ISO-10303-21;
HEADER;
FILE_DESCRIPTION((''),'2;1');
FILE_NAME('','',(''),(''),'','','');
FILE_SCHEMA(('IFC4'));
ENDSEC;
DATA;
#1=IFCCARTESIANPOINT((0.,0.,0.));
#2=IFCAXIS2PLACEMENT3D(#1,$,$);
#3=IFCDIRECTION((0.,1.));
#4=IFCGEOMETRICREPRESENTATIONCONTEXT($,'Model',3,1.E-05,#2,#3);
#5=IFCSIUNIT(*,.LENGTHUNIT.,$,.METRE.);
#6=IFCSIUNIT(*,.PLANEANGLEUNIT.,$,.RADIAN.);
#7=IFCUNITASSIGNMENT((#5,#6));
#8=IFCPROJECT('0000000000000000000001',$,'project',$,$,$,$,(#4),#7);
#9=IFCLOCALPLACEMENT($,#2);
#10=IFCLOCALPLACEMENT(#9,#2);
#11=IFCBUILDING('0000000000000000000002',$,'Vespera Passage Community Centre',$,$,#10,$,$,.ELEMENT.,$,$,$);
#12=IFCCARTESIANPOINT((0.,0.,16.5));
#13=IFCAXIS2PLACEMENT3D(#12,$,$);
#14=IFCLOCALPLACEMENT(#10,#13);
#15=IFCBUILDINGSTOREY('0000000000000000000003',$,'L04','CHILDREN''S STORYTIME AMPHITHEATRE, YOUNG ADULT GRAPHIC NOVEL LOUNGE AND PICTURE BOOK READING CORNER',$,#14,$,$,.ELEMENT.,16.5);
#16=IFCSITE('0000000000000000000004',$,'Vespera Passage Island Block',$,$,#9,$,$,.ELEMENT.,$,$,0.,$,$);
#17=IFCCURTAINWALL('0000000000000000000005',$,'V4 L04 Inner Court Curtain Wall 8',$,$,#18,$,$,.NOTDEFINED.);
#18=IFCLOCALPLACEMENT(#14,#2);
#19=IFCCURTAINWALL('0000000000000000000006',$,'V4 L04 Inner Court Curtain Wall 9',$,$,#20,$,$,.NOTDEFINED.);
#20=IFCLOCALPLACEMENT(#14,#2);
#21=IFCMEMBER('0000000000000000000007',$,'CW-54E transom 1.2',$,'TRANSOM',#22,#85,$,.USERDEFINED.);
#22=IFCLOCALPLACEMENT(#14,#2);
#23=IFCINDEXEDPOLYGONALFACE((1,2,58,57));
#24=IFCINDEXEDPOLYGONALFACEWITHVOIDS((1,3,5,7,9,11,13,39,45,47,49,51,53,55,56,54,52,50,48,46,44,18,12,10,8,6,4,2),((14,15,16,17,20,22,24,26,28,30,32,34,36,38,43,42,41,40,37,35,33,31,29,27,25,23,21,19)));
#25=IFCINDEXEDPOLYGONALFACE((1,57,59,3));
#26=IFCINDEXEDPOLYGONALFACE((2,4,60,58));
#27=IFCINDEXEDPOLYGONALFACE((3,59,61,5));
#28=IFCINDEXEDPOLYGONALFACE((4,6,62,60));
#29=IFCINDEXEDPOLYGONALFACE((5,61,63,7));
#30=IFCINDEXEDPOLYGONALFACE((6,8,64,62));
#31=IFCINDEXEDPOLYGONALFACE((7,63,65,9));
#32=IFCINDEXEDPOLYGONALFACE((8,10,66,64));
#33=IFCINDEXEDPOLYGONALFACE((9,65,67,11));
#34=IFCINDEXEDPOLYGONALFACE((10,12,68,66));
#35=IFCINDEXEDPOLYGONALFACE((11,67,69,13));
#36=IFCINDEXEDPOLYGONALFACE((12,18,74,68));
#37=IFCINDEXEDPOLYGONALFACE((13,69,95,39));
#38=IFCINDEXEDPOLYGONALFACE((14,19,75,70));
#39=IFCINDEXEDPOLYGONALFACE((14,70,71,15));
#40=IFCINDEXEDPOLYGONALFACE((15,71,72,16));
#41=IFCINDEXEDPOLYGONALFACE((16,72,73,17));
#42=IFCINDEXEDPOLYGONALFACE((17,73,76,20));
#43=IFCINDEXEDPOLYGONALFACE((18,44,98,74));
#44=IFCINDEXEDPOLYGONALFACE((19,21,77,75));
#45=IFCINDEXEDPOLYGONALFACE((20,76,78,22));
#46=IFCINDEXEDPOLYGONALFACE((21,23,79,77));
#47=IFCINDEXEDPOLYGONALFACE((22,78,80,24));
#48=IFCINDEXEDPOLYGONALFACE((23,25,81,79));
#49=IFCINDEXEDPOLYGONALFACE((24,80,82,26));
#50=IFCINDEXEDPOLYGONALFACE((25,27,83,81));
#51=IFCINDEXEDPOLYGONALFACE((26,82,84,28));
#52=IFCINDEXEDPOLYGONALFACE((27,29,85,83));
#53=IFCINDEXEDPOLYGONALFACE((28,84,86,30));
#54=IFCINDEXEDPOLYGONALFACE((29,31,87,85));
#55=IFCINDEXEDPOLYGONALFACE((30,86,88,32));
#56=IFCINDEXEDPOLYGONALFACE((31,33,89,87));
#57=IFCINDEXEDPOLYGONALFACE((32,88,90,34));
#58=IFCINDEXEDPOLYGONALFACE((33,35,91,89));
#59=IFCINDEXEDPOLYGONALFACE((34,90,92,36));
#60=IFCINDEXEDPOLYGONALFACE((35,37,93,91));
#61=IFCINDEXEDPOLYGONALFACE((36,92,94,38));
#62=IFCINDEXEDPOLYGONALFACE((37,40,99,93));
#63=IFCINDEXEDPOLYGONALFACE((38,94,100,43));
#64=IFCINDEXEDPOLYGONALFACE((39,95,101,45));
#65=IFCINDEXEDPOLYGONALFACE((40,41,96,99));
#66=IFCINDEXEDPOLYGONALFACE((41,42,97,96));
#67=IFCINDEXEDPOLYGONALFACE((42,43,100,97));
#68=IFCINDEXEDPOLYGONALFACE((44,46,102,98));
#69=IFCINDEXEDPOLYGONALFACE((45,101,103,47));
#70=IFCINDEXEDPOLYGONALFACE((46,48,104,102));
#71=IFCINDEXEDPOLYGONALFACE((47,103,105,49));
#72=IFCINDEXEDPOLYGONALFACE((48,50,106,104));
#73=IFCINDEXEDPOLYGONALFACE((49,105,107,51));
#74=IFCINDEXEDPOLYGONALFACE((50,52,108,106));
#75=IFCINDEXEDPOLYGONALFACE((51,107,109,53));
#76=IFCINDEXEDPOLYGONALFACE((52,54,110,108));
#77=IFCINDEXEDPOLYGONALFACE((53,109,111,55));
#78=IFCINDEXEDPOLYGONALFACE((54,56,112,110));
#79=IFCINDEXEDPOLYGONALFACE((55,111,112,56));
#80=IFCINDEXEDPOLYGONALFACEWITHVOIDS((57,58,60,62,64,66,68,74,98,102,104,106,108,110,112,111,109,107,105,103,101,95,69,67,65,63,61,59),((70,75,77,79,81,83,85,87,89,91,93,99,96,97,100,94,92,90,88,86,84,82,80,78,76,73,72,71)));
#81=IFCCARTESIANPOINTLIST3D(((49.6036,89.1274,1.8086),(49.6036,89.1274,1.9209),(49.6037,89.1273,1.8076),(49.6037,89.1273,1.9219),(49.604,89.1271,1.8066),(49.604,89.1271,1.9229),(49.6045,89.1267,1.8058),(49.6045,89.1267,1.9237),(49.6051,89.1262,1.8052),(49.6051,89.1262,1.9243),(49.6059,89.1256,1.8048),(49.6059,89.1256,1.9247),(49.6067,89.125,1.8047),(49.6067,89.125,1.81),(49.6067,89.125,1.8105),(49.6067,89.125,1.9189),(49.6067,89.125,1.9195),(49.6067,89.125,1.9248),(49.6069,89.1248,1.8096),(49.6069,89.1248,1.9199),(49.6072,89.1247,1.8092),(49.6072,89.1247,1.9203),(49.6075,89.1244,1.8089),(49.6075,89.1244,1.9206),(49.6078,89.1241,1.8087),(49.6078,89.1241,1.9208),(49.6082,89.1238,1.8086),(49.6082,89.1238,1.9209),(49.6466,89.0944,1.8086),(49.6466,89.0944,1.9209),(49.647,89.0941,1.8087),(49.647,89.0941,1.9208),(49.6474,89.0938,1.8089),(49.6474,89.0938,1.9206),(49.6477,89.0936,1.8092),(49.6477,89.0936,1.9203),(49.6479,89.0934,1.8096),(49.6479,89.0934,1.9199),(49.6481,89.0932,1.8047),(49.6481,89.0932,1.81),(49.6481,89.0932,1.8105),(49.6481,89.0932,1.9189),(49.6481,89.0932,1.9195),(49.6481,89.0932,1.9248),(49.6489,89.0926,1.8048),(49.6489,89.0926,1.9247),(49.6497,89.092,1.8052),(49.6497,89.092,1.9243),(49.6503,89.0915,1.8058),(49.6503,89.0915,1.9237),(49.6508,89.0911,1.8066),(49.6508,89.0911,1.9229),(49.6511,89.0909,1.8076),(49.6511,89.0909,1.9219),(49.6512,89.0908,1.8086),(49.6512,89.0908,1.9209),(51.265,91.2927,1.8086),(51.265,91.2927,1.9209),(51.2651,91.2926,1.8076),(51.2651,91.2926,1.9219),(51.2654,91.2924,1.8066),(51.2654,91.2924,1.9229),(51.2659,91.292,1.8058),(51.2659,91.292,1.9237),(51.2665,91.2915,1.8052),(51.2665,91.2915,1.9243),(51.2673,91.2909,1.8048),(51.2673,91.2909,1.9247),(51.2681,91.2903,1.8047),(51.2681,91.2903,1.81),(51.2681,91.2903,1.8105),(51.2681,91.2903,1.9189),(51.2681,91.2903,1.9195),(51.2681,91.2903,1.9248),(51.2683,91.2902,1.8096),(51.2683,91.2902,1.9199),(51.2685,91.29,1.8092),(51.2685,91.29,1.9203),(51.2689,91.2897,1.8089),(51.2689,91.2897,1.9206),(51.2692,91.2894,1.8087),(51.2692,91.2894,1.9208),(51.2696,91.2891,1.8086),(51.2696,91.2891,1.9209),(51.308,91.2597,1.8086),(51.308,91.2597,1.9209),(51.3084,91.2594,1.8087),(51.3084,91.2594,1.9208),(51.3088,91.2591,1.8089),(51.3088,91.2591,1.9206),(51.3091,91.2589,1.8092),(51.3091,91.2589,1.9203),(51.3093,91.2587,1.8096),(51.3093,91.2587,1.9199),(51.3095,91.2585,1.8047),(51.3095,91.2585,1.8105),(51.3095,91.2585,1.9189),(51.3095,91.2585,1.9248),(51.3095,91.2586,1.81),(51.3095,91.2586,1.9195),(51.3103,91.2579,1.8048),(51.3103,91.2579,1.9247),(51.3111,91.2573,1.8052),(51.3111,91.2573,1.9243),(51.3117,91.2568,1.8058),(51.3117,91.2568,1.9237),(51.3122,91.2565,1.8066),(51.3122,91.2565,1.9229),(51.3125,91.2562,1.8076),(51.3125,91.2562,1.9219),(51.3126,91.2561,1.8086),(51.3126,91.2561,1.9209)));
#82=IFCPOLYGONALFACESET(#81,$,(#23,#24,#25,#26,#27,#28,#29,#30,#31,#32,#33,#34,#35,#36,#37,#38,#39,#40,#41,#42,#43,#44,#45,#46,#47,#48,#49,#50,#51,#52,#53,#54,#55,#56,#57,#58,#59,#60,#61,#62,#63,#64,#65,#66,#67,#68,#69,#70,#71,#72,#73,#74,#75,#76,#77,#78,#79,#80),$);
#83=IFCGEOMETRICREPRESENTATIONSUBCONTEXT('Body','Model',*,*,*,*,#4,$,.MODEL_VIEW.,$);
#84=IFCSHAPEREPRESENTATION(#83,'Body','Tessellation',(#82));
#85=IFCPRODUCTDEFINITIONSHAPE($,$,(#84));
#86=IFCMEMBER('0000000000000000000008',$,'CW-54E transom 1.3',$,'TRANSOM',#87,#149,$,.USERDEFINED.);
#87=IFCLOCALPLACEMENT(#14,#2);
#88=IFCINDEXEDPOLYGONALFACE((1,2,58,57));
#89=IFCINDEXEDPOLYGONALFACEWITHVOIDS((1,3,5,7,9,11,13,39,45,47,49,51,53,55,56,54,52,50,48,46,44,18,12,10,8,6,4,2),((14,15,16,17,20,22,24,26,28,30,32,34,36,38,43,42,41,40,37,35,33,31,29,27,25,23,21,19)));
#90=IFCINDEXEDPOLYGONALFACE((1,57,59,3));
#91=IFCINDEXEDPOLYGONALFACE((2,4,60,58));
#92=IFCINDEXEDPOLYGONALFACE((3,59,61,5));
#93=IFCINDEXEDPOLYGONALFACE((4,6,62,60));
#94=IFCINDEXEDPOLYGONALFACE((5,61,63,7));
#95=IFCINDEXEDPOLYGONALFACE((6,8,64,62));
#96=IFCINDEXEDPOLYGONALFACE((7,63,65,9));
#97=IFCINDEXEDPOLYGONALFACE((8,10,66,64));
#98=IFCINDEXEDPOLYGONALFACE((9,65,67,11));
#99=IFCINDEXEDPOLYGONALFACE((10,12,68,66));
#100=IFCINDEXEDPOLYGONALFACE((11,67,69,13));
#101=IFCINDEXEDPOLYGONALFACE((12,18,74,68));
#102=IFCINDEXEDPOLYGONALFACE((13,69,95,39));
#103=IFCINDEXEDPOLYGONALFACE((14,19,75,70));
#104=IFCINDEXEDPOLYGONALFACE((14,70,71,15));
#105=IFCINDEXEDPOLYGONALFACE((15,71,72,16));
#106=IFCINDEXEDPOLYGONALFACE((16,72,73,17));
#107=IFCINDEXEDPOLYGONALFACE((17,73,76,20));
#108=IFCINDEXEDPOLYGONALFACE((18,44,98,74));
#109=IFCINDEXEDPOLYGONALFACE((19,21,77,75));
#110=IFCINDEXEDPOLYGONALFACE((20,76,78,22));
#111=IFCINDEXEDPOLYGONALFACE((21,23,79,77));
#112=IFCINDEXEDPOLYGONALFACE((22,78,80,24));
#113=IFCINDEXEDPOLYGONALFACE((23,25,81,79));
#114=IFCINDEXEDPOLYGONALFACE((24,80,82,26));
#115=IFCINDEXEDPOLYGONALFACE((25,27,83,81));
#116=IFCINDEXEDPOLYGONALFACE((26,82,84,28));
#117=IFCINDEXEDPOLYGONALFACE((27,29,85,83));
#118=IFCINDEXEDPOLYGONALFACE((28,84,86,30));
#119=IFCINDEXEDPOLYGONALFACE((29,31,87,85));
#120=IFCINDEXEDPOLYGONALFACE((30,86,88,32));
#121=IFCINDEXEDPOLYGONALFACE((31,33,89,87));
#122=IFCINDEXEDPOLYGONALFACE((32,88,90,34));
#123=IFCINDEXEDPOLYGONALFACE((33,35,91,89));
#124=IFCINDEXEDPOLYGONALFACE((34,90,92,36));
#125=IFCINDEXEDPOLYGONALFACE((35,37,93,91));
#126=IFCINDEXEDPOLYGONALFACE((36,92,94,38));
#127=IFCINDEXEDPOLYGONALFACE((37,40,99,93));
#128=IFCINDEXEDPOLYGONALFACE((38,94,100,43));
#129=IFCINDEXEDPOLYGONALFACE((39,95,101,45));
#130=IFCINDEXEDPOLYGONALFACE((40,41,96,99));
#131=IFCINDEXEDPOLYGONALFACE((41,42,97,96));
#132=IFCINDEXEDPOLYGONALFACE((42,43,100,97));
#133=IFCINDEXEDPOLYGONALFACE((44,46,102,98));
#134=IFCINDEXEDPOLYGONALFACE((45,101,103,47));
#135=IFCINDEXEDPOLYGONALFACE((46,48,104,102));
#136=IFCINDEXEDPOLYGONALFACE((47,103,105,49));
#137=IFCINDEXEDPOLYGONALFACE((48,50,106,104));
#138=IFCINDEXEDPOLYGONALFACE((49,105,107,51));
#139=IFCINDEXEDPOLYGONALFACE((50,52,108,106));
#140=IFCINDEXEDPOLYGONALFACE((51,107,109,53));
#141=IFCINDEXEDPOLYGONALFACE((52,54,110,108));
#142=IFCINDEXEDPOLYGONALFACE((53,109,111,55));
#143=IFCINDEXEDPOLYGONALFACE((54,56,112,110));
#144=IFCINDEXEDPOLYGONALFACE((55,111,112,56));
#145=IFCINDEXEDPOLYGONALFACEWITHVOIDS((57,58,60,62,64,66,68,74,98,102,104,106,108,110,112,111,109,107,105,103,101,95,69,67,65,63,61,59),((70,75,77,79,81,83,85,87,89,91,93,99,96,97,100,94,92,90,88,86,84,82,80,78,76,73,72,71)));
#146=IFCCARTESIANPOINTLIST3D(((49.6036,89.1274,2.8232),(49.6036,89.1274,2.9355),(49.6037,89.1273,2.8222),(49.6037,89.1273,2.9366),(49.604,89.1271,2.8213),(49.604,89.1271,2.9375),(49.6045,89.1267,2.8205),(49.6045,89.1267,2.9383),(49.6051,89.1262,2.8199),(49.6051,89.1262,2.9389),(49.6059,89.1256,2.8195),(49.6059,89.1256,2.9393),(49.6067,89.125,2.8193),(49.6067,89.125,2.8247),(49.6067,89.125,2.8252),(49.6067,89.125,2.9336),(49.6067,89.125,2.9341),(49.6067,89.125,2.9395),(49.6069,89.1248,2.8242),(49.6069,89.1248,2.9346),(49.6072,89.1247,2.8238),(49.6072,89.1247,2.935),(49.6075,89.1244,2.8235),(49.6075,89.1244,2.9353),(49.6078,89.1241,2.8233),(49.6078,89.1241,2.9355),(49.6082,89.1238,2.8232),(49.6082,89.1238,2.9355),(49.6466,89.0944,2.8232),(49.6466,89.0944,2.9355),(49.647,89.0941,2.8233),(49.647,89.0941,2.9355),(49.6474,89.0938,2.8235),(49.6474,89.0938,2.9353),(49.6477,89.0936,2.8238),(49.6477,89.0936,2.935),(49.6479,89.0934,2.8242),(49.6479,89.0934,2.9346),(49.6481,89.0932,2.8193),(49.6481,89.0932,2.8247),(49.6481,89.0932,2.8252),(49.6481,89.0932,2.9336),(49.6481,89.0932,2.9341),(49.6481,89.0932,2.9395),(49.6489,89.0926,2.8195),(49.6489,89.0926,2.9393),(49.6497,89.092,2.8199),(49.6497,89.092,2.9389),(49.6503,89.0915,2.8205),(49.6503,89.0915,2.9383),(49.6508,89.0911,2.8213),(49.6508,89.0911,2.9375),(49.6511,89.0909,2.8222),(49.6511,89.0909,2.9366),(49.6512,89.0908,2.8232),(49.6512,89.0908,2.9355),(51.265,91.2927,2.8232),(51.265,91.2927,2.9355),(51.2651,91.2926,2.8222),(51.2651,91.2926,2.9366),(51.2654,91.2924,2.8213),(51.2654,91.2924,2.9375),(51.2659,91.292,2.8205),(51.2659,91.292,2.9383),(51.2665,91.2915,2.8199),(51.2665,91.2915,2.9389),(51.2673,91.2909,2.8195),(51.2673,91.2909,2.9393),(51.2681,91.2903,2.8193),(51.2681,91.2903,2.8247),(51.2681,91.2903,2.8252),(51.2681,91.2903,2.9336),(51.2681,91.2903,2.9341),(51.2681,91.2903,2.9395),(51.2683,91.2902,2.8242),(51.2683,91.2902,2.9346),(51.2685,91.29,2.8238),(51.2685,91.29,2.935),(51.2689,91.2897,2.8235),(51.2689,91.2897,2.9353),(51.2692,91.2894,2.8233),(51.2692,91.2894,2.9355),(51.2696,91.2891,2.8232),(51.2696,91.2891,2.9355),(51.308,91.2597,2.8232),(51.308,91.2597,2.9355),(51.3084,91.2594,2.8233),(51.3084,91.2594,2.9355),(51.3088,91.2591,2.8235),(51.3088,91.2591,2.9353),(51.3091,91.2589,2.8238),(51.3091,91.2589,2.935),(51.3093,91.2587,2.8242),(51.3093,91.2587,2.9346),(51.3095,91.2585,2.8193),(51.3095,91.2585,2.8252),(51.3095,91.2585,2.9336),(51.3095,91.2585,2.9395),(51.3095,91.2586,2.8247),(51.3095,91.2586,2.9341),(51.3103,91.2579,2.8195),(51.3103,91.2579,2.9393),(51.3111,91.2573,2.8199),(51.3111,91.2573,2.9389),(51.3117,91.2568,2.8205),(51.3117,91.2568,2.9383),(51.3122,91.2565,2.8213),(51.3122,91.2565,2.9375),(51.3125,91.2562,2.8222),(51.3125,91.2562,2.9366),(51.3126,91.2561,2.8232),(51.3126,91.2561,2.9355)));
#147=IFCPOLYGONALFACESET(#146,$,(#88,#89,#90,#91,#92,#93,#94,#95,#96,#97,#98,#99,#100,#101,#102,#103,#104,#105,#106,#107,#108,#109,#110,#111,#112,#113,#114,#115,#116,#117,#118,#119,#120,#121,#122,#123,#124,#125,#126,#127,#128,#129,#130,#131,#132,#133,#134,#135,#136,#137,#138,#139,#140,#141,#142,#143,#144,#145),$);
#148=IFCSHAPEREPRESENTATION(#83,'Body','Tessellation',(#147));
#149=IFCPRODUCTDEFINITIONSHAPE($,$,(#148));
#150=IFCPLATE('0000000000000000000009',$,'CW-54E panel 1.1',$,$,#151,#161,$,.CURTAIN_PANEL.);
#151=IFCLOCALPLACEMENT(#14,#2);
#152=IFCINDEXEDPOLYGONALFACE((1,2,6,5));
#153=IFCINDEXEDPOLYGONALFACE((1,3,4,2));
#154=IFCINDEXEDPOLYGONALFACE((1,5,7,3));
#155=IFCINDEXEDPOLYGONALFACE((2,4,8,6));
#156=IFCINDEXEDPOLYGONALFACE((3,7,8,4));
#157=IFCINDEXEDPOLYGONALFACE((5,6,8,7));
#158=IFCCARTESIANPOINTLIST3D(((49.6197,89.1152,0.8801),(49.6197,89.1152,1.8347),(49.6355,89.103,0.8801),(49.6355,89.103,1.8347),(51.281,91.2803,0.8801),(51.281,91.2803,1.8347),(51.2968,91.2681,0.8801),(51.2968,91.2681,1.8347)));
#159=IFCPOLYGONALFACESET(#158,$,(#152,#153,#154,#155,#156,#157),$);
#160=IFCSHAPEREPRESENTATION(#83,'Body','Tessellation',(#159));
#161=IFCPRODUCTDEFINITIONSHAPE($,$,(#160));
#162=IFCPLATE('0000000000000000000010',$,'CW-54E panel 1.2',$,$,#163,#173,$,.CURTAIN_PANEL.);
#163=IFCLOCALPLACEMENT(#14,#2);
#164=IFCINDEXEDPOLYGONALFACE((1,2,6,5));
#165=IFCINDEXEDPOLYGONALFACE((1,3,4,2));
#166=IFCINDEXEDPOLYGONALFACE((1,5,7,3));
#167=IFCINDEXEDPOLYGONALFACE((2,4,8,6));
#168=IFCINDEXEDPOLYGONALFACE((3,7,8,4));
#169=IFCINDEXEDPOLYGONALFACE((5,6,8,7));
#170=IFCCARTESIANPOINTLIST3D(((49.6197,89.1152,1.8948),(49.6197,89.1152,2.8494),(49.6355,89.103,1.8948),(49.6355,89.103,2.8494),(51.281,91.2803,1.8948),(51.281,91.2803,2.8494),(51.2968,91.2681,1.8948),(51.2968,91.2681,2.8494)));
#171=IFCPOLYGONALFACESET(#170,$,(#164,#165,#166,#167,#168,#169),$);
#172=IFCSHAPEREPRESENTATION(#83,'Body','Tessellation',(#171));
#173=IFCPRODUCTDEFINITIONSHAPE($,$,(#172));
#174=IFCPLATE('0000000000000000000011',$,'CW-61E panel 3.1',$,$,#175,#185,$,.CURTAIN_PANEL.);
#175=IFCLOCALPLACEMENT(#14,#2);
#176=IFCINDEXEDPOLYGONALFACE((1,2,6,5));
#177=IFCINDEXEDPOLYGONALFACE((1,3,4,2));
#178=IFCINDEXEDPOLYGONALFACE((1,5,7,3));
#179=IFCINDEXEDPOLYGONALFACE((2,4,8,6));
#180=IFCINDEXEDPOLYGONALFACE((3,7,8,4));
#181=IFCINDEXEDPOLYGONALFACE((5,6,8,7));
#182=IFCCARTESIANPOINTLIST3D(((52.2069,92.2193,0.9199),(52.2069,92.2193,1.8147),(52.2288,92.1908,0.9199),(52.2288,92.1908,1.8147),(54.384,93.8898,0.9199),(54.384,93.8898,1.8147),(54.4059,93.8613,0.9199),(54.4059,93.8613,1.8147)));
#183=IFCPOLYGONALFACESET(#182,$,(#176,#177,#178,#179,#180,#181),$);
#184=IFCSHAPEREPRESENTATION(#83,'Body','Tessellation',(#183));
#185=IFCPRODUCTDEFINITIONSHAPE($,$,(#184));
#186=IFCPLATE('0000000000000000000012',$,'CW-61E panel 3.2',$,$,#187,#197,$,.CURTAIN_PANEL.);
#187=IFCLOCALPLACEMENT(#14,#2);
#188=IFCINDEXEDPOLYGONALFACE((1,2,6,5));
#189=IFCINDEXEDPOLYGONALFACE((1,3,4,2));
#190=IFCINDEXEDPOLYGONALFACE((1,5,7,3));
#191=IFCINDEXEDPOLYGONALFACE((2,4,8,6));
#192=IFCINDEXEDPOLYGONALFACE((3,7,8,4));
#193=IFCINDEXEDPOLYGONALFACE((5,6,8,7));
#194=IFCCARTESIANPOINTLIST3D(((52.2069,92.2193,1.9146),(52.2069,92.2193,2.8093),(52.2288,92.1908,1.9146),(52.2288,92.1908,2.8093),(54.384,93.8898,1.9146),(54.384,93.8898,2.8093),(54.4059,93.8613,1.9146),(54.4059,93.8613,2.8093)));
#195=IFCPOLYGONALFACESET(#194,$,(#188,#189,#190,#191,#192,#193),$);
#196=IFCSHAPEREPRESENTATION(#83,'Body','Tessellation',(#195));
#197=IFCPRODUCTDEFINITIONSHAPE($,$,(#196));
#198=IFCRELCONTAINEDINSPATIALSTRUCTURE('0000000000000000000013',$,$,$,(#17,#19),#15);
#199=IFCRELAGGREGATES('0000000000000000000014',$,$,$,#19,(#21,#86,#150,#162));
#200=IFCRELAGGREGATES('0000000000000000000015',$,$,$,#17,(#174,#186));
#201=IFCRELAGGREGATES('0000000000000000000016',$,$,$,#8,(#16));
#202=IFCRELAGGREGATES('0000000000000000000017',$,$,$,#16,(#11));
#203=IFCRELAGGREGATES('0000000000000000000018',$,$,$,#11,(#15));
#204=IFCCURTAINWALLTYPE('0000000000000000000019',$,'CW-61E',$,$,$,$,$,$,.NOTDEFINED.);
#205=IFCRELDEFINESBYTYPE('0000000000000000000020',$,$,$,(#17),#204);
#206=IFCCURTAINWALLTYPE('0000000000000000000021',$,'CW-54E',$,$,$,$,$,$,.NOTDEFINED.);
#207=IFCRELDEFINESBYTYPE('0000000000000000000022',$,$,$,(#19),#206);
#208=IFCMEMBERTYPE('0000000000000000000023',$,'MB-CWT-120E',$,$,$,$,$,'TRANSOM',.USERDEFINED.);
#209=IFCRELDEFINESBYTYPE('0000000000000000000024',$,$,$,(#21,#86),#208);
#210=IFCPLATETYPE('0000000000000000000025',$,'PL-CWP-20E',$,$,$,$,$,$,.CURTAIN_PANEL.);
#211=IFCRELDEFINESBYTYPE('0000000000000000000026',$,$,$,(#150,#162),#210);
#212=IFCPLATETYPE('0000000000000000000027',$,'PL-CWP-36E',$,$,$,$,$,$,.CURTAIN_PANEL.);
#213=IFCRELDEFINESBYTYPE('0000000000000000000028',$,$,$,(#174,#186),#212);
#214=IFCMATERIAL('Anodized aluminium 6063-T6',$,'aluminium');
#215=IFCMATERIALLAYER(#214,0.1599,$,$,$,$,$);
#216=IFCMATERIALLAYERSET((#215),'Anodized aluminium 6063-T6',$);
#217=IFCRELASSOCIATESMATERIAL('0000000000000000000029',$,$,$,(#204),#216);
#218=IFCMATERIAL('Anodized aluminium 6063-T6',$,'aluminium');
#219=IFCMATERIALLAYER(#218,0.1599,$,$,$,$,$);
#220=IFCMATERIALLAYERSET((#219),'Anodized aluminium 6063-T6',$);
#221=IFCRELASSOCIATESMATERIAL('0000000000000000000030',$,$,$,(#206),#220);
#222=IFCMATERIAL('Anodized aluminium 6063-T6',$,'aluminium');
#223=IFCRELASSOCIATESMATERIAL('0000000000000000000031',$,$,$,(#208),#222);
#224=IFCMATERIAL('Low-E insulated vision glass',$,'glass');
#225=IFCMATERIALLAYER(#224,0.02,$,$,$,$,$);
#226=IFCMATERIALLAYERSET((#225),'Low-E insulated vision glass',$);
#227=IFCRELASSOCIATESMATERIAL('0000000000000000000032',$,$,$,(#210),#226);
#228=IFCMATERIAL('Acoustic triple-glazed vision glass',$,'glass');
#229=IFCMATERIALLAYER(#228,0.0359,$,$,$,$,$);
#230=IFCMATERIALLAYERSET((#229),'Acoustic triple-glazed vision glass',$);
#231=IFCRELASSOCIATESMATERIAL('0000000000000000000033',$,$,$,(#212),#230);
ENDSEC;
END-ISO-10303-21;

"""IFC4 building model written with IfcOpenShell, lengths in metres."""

from ifc_helpers import new_model, si_unit, direction, frame, origin, origin_2d, place, context, subcontext, project, spatial, rectangle, hollow_rectangle, extrude, material, layer, layer_set, material_profile, profile_set, type_object, element, aggregate, save


model = new_model("IFC4")

# Units and contexts
model_context = context("Model", 3, precision=1e-05, world=origin(), true_north=direction((0.0, 1.0)))
body_context = subcontext(model_context, "Body", "Model", "MODEL_VIEW")
ifc_project = project(units=[si_unit("LENGTHUNIT", "METRE"), si_unit("PLANEANGLEUNIT", "RADIAN")], contexts=[model_context])

# Site, building, storey
site_placement = place(None, origin())
site = spatial("IfcSite", under=ifc_project, at=site_placement, Name="Vespera Passage Island Block", CompositionType="ELEMENT", RefElevation=0.0)
building_placement = place(site_placement, origin())
building = spatial("IfcBuilding", under=site, at=building_placement, Name="Vespera Passage Community Centre", CompositionType="ELEMENT")
storey_placement = place(building_placement, frame((0.0, 0.0, 16.5)))
storey = spatial("IfcBuildingStorey", under=building, at=storey_placement, Name="L04", Description="CHILDREN'S STORYTIME AMPHITHEATRE, YOUNG ADULT GRAPHIC NOVEL LOUNGE AND PICTURE BOOK READING CORNER", CompositionType="ELEMENT", Elevation=16.5)

# Curtain wall
ifc_material_1 = material(Name="Anodized aluminium 6063-T6", Category="aluminium")
ifc_layer_1 = layer(ifc_material_1, 0.1599)
ifc_layer_set_1 = layer_set([ifc_layer_1], Name="Anodized aluminium 6063-T6")
curtain_wall_type_1 = type_object("IfcCurtainWallType", Name="CW-61E", PredefinedType="NOTDEFINED", material=ifc_layer_set_1)
curtain_wall_1_placement = place(storey_placement, origin())
curtain_wall_1 = element("IfcCurtainWall", 1, at=curtain_wall_1_placement, inside=storey, type_object=curtain_wall_type_1, Name="V4 L04 Inner Court Curtain Wall 8", PredefinedType="NOTDEFINED")

# Curtain wall
ifc_material_2 = material(Name="Anodized aluminium 6063-T6", Category="aluminium")
ifc_layer_2 = layer(ifc_material_2, 0.1599)
ifc_layer_set_2 = layer_set([ifc_layer_2], Name="Anodized aluminium 6063-T6")
curtain_wall_type_2 = type_object("IfcCurtainWallType", Name="CW-54E", PredefinedType="NOTDEFINED", material=ifc_layer_set_2)
curtain_wall_2_placement = place(storey_placement, origin())
curtain_wall_2 = element("IfcCurtainWall", 2, at=curtain_wall_2_placement, inside=storey, type_object=curtain_wall_type_2, Name="V4 L04 Inner Court Curtain Wall 9", PredefinedType="NOTDEFINED")

# Members
ifc_material_3 = material(Name="Anodized aluminium 6063-T6", Category="aluminium")
ifc_material_profile_1 = material_profile(ifc_material_3, hollow_rectangle(XDim=0.0601, YDim=0.1201, WallThickness=0.0039, InnerFilletRadius=0.002, OuterFilletRadius=0.0039, at=origin_2d()), Name="ALU120X60X4")
ifc_profile_set_1 = profile_set([ifc_material_profile_1], Name="Anodized aluminium 6063-T6")
member_type_1 = type_object("IfcMemberType", Name="MB-CWT-120E", ElementType="TRANSOM", PredefinedType="USERDEFINED", material=ifc_profile_set_1)
member_1_placement = place(storey_placement, frame((51.2888, 91.2744, 1.8647), z_axis=(-0.608738, -0.793372, 0.0), x_axis=(0.793372, -0.608738, 0.0)))
member_1 = element("IfcMember", 3, at=member_1_placement, type_object=member_type_1, Name="CW-54E transom 1.2", ObjectType="TRANSOM", PredefinedType="USERDEFINED", context=body_context, shape_type="SweptSolid", body=[
    extrude(hollow_rectangle(XDim=0.0601, YDim=0.1201, WallThickness=0.0039, InnerFilletRadius=0.002, OuterFilletRadius=0.0039, at=origin_2d()), origin(), (0.0, 0.0, 1.0), 2.7292),
])
member_2_placement = place(storey_placement, frame((51.2888, 91.2744, 2.8794), z_axis=(-0.608738, -0.793372, 0.0), x_axis=(0.793372, -0.608738, 0.0)))
member_2 = element("IfcMember", 4, at=member_2_placement, type_object=member_type_1, Name="CW-54E transom 1.3", ObjectType="TRANSOM", PredefinedType="USERDEFINED", context=body_context, shape_type="SweptSolid", body=[
    extrude(hollow_rectangle(XDim=0.0601, YDim=0.1201, WallThickness=0.0039, InnerFilletRadius=0.002, OuterFilletRadius=0.0039, at=origin_2d()), origin(), (0.0, 0.0, 1.0), 2.7292),
])

# Plates
ifc_material_4 = material(Name="Low-E insulated vision glass", Category="glass")
ifc_layer_3 = layer(ifc_material_4, 0.02)
ifc_layer_set_3 = layer_set([ifc_layer_3], Name="Low-E insulated vision glass")
plate_type_1 = type_object("IfcPlateType", Name="PL-CWP-20E", PredefinedType="CURTAIN_PANEL", material=ifc_layer_set_3)
plate_1_placement = place(storey_placement, frame((50.4583, 90.1917, 0.8801), z_axis=(0.0, 0.0, 1.0), x_axis=(-0.608755, -0.793358, 0.0)))
plate_1 = element("IfcPlate", 5, at=plate_1_placement, type_object=plate_type_1, Name="CW-54E panel 1.1", PredefinedType="CURTAIN_PANEL", context=body_context, shape_type="SweptSolid", body=[
    extrude(rectangle(XDim=2.729, YDim=0.02, at=origin_2d()), origin(), (0.0, 0.0, 1.0), 0.9546),
])
plate_2_placement = place(storey_placement, frame((50.4583, 90.1917, 1.8948), z_axis=(0.0, 0.0, 1.0), x_axis=(-0.608755, -0.793358, 0.0)))
plate_2 = element("IfcPlate", 6, at=plate_2_placement, type_object=plate_type_1, Name="CW-54E panel 1.2", PredefinedType="CURTAIN_PANEL", context=body_context, shape_type="SweptSolid", body=[
    extrude(rectangle(XDim=2.729, YDim=0.02, at=origin_2d()), origin(), (0.0, 0.0, 1.0), 0.9546),
])
aggregate(curtain_wall_2, [member_1, member_2, plate_1, plate_2])
ifc_material_5 = material(Name="Acoustic triple-glazed vision glass", Category="glass")
ifc_layer_4 = layer(ifc_material_5, 0.0359)
ifc_layer_set_4 = layer_set([ifc_layer_4], Name="Acoustic triple-glazed vision glass")
plate_type_2 = type_object("IfcPlateType", Name="PL-CWP-36E", PredefinedType="CURTAIN_PANEL", material=ifc_layer_set_4)
plate_3_placement = place(storey_placement, frame((53.3064, 93.0403, 0.9199), z_axis=(0.0, 0.0, 1.0), x_axis=(-0.793358, -0.608755, 0.0)))
plate_3 = element("IfcPlate", 7, at=plate_3_placement, type_object=plate_type_2, Name="CW-61E panel 3.1", PredefinedType="CURTAIN_PANEL", context=body_context, shape_type="SweptSolid", body=[
    extrude(rectangle(XDim=2.7441, YDim=0.0359, at=origin_2d()), origin(), (0.0, 0.0, 1.0), 0.8948),
])
plate_4_placement = place(storey_placement, frame((53.3064, 93.0403, 1.9146), z_axis=(0.0, 0.0, 1.0), x_axis=(-0.793358, -0.608755, 0.0)))
plate_4 = element("IfcPlate", 8, at=plate_4_placement, type_object=plate_type_2, Name="CW-61E panel 3.2", PredefinedType="CURTAIN_PANEL", context=body_context, shape_type="SweptSolid", body=[
    extrude(rectangle(XDim=2.7441, YDim=0.0359, at=origin_2d()), origin(), (0.0, 0.0, 1.0), 0.8948),
])
aggregate(curtain_wall_1, [plate_3, plate_4])

save(model, "model.ifc")
